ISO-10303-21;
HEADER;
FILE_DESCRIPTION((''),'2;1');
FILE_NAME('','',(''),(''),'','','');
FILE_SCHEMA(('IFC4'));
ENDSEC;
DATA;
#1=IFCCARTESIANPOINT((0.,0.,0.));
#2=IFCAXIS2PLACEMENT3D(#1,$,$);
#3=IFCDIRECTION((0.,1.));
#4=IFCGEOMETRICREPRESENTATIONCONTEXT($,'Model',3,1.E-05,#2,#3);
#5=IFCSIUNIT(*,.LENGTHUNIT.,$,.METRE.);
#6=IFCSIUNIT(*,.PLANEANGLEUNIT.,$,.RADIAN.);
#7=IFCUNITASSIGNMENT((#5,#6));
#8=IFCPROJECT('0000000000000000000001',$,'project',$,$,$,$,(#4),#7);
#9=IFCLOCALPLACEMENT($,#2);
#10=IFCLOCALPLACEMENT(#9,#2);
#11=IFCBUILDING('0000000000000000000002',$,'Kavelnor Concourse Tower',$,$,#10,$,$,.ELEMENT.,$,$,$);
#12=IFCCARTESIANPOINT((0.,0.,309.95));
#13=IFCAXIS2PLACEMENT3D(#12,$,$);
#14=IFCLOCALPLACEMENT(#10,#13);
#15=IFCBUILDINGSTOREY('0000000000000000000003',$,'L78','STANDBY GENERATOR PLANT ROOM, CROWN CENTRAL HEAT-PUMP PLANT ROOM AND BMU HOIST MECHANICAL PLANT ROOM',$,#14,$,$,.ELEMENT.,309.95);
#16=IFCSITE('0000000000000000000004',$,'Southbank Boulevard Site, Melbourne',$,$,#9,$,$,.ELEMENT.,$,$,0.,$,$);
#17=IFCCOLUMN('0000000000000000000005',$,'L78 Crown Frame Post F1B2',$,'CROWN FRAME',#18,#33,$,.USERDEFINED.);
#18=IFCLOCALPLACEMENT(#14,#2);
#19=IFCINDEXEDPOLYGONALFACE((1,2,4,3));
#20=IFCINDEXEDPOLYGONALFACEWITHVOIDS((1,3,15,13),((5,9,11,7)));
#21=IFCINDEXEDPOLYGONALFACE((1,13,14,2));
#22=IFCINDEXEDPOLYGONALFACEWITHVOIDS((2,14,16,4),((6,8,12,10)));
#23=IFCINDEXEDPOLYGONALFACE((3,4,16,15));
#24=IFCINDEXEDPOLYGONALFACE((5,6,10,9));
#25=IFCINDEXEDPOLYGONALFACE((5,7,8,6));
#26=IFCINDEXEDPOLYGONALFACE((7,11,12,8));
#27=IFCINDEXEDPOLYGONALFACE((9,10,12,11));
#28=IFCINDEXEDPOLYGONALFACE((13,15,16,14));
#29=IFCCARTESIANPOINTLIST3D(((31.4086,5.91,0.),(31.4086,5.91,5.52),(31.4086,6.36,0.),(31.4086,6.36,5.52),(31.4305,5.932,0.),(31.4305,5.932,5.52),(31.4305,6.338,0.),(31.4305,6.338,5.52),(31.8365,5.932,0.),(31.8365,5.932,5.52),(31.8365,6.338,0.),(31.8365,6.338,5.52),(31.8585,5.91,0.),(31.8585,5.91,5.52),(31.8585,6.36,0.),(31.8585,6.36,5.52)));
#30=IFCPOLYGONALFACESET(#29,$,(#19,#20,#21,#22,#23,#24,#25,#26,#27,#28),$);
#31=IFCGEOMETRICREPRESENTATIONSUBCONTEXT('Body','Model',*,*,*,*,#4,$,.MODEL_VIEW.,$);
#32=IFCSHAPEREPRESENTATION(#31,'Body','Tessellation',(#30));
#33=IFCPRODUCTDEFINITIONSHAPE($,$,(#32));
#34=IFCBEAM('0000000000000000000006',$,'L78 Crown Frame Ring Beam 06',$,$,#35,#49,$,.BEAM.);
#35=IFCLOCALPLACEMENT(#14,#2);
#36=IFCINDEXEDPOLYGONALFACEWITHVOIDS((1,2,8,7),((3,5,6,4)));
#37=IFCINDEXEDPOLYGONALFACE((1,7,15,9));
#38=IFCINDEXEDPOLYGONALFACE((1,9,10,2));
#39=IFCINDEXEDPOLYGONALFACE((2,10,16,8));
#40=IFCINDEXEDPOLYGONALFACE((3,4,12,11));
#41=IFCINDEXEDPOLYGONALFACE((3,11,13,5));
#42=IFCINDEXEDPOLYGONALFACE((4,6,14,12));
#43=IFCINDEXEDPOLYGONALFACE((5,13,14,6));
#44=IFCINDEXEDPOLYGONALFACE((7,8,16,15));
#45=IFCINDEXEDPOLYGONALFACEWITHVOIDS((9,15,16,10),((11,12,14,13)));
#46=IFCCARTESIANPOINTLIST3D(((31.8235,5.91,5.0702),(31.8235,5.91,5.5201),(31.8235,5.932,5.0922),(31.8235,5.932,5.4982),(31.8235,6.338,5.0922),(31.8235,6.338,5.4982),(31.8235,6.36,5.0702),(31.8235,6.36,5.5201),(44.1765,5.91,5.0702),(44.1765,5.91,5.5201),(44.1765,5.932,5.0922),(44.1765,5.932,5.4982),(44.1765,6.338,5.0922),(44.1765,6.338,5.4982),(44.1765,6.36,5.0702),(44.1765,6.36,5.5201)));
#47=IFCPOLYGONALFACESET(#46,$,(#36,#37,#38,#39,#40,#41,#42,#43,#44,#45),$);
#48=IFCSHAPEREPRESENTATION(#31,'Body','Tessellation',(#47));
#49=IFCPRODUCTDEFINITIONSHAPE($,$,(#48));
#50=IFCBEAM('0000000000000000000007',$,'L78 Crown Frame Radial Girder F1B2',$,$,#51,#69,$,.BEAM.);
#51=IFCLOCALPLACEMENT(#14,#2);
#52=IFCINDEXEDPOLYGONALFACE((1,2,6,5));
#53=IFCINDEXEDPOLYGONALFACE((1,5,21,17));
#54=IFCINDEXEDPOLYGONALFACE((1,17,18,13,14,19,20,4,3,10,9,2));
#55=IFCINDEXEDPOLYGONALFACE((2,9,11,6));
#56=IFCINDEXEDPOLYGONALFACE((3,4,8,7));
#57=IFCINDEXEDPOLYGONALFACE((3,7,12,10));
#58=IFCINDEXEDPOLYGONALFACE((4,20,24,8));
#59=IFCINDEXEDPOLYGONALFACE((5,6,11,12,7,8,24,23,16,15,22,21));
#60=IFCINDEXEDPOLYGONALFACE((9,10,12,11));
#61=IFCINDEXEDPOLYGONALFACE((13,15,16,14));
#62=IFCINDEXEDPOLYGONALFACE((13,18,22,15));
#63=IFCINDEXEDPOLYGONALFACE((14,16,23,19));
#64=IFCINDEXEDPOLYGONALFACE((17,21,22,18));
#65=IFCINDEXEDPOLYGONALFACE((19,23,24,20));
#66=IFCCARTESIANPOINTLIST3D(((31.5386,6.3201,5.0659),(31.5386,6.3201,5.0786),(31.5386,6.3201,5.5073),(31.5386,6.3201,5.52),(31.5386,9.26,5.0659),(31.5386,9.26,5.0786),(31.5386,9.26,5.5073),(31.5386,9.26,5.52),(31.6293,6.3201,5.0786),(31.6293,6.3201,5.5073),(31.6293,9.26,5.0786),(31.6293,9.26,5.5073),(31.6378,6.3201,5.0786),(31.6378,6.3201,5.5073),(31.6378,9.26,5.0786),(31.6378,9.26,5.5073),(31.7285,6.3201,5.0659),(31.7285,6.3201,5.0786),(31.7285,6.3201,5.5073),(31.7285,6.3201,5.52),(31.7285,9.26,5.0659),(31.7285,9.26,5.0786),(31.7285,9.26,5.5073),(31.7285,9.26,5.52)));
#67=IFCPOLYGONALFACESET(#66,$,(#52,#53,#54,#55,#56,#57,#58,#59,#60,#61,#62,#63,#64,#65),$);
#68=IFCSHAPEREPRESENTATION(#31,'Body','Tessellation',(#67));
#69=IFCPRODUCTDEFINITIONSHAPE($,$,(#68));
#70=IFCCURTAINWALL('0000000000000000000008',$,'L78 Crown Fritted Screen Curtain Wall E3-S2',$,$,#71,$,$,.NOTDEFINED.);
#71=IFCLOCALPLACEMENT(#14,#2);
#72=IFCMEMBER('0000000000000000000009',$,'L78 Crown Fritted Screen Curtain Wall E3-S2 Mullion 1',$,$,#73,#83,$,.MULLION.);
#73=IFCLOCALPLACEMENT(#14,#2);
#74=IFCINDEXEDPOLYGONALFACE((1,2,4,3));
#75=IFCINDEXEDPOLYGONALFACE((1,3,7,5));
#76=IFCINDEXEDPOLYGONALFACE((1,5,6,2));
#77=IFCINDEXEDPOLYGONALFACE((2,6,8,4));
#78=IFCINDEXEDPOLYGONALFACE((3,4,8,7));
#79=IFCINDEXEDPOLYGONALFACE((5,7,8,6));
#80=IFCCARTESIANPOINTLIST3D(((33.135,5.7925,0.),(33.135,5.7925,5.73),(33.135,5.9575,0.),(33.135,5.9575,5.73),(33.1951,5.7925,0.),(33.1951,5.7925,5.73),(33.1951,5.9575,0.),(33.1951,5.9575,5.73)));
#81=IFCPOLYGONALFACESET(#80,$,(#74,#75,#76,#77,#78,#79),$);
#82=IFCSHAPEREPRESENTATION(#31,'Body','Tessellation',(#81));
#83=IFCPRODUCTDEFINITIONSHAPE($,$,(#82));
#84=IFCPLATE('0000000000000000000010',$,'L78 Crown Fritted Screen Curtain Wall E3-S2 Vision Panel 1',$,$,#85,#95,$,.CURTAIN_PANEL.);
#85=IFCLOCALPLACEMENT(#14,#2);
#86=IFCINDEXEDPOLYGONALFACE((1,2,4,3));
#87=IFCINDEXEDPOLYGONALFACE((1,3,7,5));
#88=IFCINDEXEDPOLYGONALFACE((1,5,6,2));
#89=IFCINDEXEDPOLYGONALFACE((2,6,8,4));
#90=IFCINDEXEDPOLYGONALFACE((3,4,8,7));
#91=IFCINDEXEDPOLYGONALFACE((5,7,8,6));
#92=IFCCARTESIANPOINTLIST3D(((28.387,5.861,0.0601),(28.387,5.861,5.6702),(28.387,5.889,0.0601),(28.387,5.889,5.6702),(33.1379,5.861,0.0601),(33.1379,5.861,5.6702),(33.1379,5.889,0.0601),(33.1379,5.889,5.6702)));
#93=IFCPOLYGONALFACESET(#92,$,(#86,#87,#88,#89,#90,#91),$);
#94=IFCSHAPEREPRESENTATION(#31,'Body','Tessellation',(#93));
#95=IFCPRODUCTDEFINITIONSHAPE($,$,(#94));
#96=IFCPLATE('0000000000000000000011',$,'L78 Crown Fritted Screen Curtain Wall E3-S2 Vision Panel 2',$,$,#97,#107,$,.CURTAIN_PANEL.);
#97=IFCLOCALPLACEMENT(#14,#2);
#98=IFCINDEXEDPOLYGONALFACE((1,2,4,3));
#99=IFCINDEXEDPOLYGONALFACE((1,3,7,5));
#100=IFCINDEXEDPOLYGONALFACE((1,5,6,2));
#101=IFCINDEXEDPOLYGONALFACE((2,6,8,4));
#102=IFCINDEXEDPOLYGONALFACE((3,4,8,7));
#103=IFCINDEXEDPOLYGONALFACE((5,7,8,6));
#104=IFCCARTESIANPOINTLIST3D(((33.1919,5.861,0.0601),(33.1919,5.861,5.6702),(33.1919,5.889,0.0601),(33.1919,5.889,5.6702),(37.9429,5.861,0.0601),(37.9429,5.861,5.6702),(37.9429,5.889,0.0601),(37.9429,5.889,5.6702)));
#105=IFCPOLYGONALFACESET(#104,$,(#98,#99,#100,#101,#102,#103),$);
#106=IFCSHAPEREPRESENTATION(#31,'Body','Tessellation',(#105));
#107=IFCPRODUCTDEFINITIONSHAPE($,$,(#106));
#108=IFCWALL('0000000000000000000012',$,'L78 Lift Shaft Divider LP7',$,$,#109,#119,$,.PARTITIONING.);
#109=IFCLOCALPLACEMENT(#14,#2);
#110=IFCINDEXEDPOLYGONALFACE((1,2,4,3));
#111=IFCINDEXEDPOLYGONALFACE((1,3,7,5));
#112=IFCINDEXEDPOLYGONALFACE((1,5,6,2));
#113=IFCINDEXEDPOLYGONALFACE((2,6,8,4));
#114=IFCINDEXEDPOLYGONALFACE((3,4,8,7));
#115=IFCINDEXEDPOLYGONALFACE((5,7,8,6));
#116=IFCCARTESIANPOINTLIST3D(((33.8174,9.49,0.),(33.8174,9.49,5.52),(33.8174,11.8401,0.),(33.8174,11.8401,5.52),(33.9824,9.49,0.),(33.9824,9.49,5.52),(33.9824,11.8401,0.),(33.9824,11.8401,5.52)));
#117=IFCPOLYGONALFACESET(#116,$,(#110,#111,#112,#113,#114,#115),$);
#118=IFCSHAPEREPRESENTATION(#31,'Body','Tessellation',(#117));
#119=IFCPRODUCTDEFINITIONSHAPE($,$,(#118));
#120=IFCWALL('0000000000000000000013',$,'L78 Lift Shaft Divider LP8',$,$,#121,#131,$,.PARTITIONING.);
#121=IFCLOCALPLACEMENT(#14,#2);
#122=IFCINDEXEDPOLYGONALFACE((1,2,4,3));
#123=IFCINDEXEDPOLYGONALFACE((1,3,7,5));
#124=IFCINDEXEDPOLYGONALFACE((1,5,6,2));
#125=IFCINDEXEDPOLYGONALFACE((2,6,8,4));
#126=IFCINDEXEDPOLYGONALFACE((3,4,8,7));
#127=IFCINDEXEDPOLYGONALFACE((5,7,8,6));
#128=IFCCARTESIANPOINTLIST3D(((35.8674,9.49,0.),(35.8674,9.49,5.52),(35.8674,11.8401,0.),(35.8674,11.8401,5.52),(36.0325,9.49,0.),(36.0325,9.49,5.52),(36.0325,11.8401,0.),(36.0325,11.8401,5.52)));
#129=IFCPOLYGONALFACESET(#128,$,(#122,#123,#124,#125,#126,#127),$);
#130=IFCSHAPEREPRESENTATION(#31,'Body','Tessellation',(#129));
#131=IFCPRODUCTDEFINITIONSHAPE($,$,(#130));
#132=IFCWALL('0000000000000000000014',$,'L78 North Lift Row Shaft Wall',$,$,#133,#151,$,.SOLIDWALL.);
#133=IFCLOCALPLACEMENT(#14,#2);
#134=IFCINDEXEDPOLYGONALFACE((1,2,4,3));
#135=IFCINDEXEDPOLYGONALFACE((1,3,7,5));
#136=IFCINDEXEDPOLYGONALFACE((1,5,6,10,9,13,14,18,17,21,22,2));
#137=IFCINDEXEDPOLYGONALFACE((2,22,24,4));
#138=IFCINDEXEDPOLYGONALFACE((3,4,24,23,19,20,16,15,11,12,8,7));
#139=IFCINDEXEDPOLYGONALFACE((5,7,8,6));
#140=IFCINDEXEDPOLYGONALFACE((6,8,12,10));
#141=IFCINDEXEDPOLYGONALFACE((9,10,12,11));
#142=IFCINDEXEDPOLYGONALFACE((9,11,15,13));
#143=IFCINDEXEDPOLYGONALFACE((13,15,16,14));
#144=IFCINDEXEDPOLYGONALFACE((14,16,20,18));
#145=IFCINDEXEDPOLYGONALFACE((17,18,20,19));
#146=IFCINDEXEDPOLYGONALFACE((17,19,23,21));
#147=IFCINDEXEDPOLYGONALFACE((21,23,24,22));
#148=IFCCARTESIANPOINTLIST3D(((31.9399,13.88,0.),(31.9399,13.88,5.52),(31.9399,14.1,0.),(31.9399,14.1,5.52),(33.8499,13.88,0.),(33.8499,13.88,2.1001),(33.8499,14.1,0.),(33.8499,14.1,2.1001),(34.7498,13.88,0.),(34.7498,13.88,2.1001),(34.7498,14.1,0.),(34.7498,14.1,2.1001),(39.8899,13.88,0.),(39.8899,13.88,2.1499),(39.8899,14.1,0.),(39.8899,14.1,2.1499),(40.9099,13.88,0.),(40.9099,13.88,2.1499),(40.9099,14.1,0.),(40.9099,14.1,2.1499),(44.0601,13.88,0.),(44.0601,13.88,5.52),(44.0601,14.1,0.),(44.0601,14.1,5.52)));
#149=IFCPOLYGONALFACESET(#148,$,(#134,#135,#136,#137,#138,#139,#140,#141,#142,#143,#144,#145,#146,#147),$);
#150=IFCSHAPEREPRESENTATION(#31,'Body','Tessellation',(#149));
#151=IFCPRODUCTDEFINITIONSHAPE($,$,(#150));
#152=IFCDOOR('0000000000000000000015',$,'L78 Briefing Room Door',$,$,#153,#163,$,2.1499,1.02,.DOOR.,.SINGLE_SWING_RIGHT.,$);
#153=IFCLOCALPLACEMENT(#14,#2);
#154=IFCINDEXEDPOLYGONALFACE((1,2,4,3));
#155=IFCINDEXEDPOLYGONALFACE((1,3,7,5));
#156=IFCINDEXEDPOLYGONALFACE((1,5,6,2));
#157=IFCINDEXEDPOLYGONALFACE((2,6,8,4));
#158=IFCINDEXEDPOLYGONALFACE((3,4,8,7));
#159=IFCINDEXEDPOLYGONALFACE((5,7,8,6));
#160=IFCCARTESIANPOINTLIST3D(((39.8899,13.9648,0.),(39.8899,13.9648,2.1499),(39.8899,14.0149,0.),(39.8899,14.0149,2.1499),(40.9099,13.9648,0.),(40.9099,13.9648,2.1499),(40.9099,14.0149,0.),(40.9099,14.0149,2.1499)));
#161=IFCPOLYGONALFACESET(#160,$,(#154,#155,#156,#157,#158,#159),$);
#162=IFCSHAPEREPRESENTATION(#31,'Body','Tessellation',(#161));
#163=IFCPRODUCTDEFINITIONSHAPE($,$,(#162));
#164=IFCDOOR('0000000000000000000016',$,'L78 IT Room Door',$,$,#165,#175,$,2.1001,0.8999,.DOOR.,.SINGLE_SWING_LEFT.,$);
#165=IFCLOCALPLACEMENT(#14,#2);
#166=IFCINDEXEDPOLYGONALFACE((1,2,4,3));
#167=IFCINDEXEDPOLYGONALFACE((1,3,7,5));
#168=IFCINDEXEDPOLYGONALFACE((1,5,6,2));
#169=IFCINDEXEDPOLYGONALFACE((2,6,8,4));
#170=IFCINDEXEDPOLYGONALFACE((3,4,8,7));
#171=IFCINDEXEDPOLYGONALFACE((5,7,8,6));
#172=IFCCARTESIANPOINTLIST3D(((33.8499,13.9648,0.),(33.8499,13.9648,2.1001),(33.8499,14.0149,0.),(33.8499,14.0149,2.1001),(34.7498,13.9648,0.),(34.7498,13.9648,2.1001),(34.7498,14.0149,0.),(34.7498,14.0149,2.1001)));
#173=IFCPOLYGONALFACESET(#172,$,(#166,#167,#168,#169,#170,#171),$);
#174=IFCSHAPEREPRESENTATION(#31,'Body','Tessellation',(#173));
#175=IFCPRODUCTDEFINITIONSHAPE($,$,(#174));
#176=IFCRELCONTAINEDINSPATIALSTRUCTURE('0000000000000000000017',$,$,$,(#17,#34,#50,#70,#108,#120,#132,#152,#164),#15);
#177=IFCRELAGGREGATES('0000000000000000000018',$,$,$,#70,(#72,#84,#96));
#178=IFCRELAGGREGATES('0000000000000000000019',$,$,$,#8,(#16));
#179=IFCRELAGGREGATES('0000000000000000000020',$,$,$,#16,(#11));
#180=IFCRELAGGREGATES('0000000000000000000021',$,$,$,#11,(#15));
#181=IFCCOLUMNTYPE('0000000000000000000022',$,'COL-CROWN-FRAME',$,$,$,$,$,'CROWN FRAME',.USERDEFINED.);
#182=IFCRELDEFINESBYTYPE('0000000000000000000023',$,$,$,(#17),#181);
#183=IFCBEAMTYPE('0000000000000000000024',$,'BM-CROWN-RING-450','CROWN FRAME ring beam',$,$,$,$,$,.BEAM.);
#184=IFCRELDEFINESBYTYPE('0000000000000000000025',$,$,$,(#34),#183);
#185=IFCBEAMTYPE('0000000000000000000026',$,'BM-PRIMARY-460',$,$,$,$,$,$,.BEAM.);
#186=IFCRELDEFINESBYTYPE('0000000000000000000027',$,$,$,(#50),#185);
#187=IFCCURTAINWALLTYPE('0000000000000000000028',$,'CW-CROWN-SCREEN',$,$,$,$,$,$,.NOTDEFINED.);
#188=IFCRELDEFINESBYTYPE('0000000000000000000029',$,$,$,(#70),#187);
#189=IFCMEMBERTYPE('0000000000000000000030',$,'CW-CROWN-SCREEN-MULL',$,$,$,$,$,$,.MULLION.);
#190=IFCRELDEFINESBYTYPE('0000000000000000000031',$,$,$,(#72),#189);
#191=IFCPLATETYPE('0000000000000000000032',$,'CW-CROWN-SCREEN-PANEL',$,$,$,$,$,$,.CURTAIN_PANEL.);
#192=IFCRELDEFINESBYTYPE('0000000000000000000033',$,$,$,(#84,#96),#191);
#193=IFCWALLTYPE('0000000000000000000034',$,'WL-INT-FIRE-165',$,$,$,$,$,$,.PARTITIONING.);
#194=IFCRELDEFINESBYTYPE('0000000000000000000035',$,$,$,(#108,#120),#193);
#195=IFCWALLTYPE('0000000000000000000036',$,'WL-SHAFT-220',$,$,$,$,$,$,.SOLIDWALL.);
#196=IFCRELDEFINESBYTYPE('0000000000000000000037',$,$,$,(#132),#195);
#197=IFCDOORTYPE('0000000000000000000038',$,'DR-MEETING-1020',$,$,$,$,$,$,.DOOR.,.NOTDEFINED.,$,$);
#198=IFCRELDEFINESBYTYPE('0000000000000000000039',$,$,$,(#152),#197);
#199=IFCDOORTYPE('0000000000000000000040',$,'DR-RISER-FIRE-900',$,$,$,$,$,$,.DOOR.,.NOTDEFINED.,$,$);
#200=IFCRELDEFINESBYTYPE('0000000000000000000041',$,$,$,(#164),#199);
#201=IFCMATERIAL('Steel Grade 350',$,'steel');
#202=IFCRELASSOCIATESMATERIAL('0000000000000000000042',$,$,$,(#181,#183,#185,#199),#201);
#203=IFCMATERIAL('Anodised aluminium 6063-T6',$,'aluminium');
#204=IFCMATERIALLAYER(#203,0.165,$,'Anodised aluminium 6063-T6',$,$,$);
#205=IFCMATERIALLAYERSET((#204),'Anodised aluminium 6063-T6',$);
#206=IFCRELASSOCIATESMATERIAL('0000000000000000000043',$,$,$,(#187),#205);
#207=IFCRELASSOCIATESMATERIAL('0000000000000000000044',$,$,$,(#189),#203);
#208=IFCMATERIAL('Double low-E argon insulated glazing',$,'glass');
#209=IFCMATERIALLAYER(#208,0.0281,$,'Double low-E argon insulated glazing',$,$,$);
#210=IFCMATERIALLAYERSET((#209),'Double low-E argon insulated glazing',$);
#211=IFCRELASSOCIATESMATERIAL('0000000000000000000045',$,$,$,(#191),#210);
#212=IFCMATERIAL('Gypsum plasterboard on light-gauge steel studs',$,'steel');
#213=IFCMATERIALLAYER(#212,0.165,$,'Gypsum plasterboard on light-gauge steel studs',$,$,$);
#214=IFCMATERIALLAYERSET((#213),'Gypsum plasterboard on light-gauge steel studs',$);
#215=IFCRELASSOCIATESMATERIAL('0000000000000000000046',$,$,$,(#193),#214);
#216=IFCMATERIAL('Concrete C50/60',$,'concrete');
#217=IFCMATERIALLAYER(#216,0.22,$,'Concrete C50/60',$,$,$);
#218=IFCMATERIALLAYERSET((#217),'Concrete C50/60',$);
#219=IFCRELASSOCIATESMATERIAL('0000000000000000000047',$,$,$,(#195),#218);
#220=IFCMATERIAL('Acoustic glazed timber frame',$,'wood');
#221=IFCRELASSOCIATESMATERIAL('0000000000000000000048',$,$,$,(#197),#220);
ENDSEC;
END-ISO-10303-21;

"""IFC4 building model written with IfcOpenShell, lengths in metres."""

from ifc_helpers import new_model, si_unit, direction, frame, frame_2d, origin, origin_2d, place, context, subcontext, project, spatial, rectangle, hollow_rectangle, i_section, extrude, material, layer, layer_set, material_profile, profile_set, type_object, element, fill, aggregate, save


model = new_model("IFC4")

# Units and contexts
model_context = context("Model", 3, precision=1e-05, world=origin(), true_north=direction((0.0, 1.0)))
body_context = subcontext(model_context, "Body", "Model", "MODEL_VIEW")
ifc_project = project(units=[si_unit("LENGTHUNIT", "METRE"), si_unit("PLANEANGLEUNIT", "RADIAN")], contexts=[model_context])

# Site, building, storey
site_placement = place(None, origin())
site = spatial("IfcSite", under=ifc_project, at=site_placement, Name="Southbank Boulevard Site, Melbourne", CompositionType="ELEMENT", RefElevation=0.0)
building_placement = place(site_placement, origin())
building = spatial("IfcBuilding", under=site, at=building_placement, Name="Kavelnor Concourse Tower", CompositionType="ELEMENT")
storey_placement = place(building_placement, frame((0.0, 0.0, 309.95)))
storey = spatial("IfcBuildingStorey", under=building, at=storey_placement, Name="L78", Description="STANDBY GENERATOR PLANT ROOM, CROWN CENTRAL HEAT-PUMP PLANT ROOM AND BMU HOIST MECHANICAL PLANT ROOM", CompositionType="ELEMENT", Elevation=309.95)

# Column
ifc_material_1 = material(Name="Steel Grade 350", Category="steel")
ifc_material_profile_1 = material_profile(ifc_material_1, hollow_rectangle(XDim=0.45, YDim=0.45, WallThickness=0.022, at=origin_2d()), Name="SHS 450x450x22")
ifc_profile_set_1 = profile_set([ifc_material_profile_1], Name="Steel Grade 350")
column_type = type_object("IfcColumnType", Name="COL-CROWN-FRAME", ElementType="CROWN FRAME", PredefinedType="USERDEFINED", material=ifc_profile_set_1)
column_placement = place(storey_placement, frame((31.6335, 6.135, 0.0), z_axis=(0.0, 0.0, 1.0), x_axis=(1.0, 0.0, 0.0)))
element("IfcColumn", 1, at=column_placement, inside=storey, type_object=column_type, Name="L78 Crown Frame Post F1B2", ObjectType="CROWN FRAME", PredefinedType="USERDEFINED", context=body_context, shape_type="SweptSolid", body=[
    extrude(hollow_rectangle(XDim=0.45, YDim=0.45, WallThickness=0.022, at=origin_2d()), origin(), (0.0, 0.0, 1.0), 5.52),
])

# Beams
ifc_material_profile_2 = material_profile(ifc_material_1, hollow_rectangle(XDim=0.45, YDim=0.45, WallThickness=0.022, at=origin_2d()), Name="RHS 450x450x22")
ifc_profile_set_2 = profile_set([ifc_material_profile_2], Name="Steel Grade 350")
beam_type_1 = type_object("IfcBeamType", Name="BM-CROWN-RING-450", Description="CROWN FRAME ring beam", PredefinedType="BEAM", material=ifc_profile_set_2)
beam_1_placement = place(storey_placement, frame((31.8235, 6.135, 5.2952), z_axis=(1.0, 0.0, 0.0), x_axis=(0.0, 1.0, 0.0)))
element("IfcBeam", 2, at=beam_1_placement, inside=storey, type_object=beam_type_1, Name="L78 Crown Frame Ring Beam 06", PredefinedType="BEAM", context=body_context, shape_type="SweptSolid", body=[
    extrude(hollow_rectangle(XDim=0.45, YDim=0.45, WallThickness=0.022, at=origin_2d()), origin(), (0.0, 0.0, 1.0), 12.353),
])
ifc_material_profile_3 = material_profile(ifc_material_1, i_section(OverallWidth=0.1899, OverallDepth=0.4541, WebThickness=0.0085, FlangeThickness=0.0127, at=origin_2d()), Name="460UB67")
ifc_profile_set_3 = profile_set([ifc_material_profile_3], Name="Steel Grade 350")
beam_type_2 = type_object("IfcBeamType", Name="BM-PRIMARY-460", PredefinedType="BEAM", material=ifc_profile_set_3)
beam_2_placement = place(storey_placement, frame((31.6335, 9.26, 5.293), z_axis=(0.0, -1.0, 0.0), x_axis=(1.0, 0.0, 0.0)))
element("IfcBeam", 3, at=beam_2_placement, inside=storey, type_object=beam_type_2, Name="L78 Crown Frame Radial Girder F1B2", PredefinedType="BEAM", context=body_context, shape_type="SweptSolid", body=[
    extrude(i_section(OverallWidth=0.1899, OverallDepth=0.4541, WebThickness=0.0085, FlangeThickness=0.0127, at=origin_2d()), origin(), (0.0, 0.0, 1.0), 2.9399),
])

# Curtain wall, member, plates
ifc_material_2 = material(Name="Anodised aluminium 6063-T6", Category="aluminium")
ifc_layer_1 = layer(ifc_material_2, 0.165, Name="Anodised aluminium 6063-T6")
ifc_layer_set_1 = layer_set([ifc_layer_1], Name="Anodised aluminium 6063-T6")
curtain_wall_type = type_object("IfcCurtainWallType", Name="CW-CROWN-SCREEN", PredefinedType="NOTDEFINED", material=ifc_layer_set_1)
curtain_wall_placement = place(storey_placement, origin())
curtain_wall = element("IfcCurtainWall", 4, at=curtain_wall_placement, inside=storey, type_object=curtain_wall_type, Name="L78 Crown Fritted Screen Curtain Wall E3-S2", PredefinedType="NOTDEFINED")
ifc_material_profile_4 = material_profile(ifc_material_2, rectangle(XDim=0.0601, YDim=0.165, at=origin_2d()), Name="AL-MULL 60x165")
ifc_profile_set_4 = profile_set([ifc_material_profile_4], Name="Anodised aluminium 6063-T6")
member_type = type_object("IfcMemberType", Name="CW-CROWN-SCREEN-MULL", PredefinedType="MULLION", material=ifc_profile_set_4)
member_placement = place(storey_placement, frame((33.165, 5.875, 0.0), z_axis=(0.0, 0.0, 1.0), x_axis=(1.0, 0.0, 0.0)))
member = element("IfcMember", 5, at=member_placement, type_object=member_type, Name="L78 Crown Fritted Screen Curtain Wall E3-S2 Mullion 1", PredefinedType="MULLION", context=body_context, shape_type="SweptSolid", body=[
    extrude(rectangle(XDim=0.0601, YDim=0.165, at=origin_2d()), origin(), (0.0, 0.0, 1.0), 5.73),
])
ifc_material_3 = material(Name="Double low-E argon insulated glazing", Category="glass")
ifc_layer_2 = layer(ifc_material_3, 0.0281, Name="Double low-E argon insulated glazing")
ifc_layer_set_2 = layer_set([ifc_layer_2], Name="Double low-E argon insulated glazing")
plate_type = type_object("IfcPlateType", Name="CW-CROWN-SCREEN-PANEL", PredefinedType="CURTAIN_PANEL", material=ifc_layer_set_2)
plate_1_placement = place(storey_placement, frame((30.7625, 5.875, 0.0601), z_axis=(0.0, 0.0, 1.0), x_axis=(1.0, 0.0, 0.0)))
plate_1 = element("IfcPlate", 6, at=plate_1_placement, type_object=plate_type, Name="L78 Crown Fritted Screen Curtain Wall E3-S2 Vision Panel 1", PredefinedType="CURTAIN_PANEL", context=body_context, shape_type="SweptSolid", body=[
    extrude(rectangle(XDim=4.751, YDim=0.0281, at=origin_2d()), origin(), (0.0, 0.0, 1.0), 5.6101),
])
plate_2_placement = place(storey_placement, frame((35.5674, 5.875, 0.0601), z_axis=(0.0, 0.0, 1.0), x_axis=(1.0, 0.0, 0.0)))
plate_2 = element("IfcPlate", 7, at=plate_2_placement, type_object=plate_type, Name="L78 Crown Fritted Screen Curtain Wall E3-S2 Vision Panel 2", PredefinedType="CURTAIN_PANEL", context=body_context, shape_type="SweptSolid", body=[
    extrude(rectangle(XDim=4.751, YDim=0.0281, at=origin_2d()), origin(), (0.0, 0.0, 1.0), 5.6101),
])
aggregate(curtain_wall, [member, plate_1, plate_2])

# Walls
ifc_material_4 = material(Name="Gypsum plasterboard on light-gauge steel studs", Category="steel")
ifc_layer_3 = layer(ifc_material_4, 0.165, Name="Gypsum plasterboard on light-gauge steel studs")
ifc_layer_set_3 = layer_set([ifc_layer_3], Name="Gypsum plasterboard on light-gauge steel studs")
wall_type_1 = type_object("IfcWallType", Name="WL-INT-FIRE-165", PredefinedType="PARTITIONING", material=ifc_layer_set_3)
for number, where, z_axis, x_axis, name in (
    (8, (33.8999, 9.49, 0.0), (0.0, 0.0, 1.0), (0.0, 1.0, 0.0), "L78 Lift Shaft Divider LP7"),
    (9, (35.95, 9.49, 0.0), (0.0, 0.0, 1.0), (0.0, 1.0, 0.0), "L78 Lift Shaft Divider LP8"),
):
    element("IfcWall", number, at=place(storey_placement, frame(where, z_axis=z_axis, x_axis=x_axis)), inside=storey, type_object=wall_type_1, Name=name, PredefinedType="PARTITIONING", context=body_context, shape_type="SweptSolid", body=[
        extrude(rectangle(XDim=2.3501, YDim=0.165, at=frame_2d((1.175, 0.0))), origin(), (0.0, 0.0, 1.0), 5.52),
    ])

# Wall, openings, doors
ifc_material_5 = material(Name="Concrete C50/60", Category="concrete")
ifc_layer_4 = layer(ifc_material_5, 0.22, Name="Concrete C50/60")
ifc_layer_set_4 = layer_set([ifc_layer_4], Name="Concrete C50/60")
wall_type_2 = type_object("IfcWallType", Name="WL-SHAFT-220", PredefinedType="SOLIDWALL", material=ifc_layer_set_4)
wall_1_placement = place(storey_placement, frame((31.9399, 13.99, 0.0), z_axis=(0.0, 0.0, 1.0), x_axis=(1.0, 0.0, 0.0)))
wall_1 = element("IfcWall", 10, at=wall_1_placement, inside=storey, type_object=wall_type_2, Name="L78 North Lift Row Shaft Wall", PredefinedType="SOLIDWALL", context=body_context, shape_type="SweptSolid", body=[
    extrude(rectangle(XDim=12.1201, YDim=0.22, at=frame_2d((6.0601, 0.0))), origin(), (0.0, 0.0, 1.0), 5.52),
])
opening_1_placement = place(wall_1_placement, frame((1.9099, 0.0, 0.0)))
opening_1 = element("IfcOpeningElement", 11, at=opening_1_placement, cuts=wall_1, PredefinedType="OPENING", context=body_context, shape_type="SweptSolid", body=[
    extrude(rectangle(XDim=0.8999, YDim=2.1001, at=frame_2d((0.45, 1.05))), frame((0.0, 0.1201, 0.0), z_axis=(0.0, -1.0, 0.0), x_axis=(1.0, 0.0, 0.0)), (0.0, 0.0, 1.0), 0.24),
])
opening_2_placement = place(wall_1_placement, frame((7.95, 0.0, 0.0)))
opening_2 = element("IfcOpeningElement", 12, at=opening_2_placement, cuts=wall_1, PredefinedType="OPENING", context=body_context, shape_type="SweptSolid", body=[
    extrude(rectangle(XDim=1.02, YDim=2.1499, at=frame_2d((0.51, 1.075))), frame((0.0, 0.1201, 0.0), z_axis=(0.0, -1.0, 0.0), x_axis=(1.0, 0.0, 0.0)), (0.0, 0.0, 1.0), 0.24),
])
ifc_material_6 = material(Name="Acoustic glazed timber frame", Category="wood")
door_type_1 = type_object("IfcDoorType", Name="DR-MEETING-1020", OperationType="NOTDEFINED", PredefinedType="DOOR", material=ifc_material_6)
door_1_placement = place(opening_2_placement, origin())
door_1 = element("IfcDoor", 13, at=door_1_placement, inside=storey, type_object=door_type_1, Name="L78 Briefing Room Door", OperationType="SINGLE_SWING_RIGHT", OverallHeight=2.1499, OverallWidth=1.02, PredefinedType="DOOR", context=body_context, shape_type="SweptSolid", body=[
    extrude(rectangle(XDim=1.02, YDim=2.1499, at=frame_2d((0.51, 1.075))), frame((0.0, 0.0249, 0.0), z_axis=(0.0, -1.0, 0.0), x_axis=(1.0, 0.0, 0.0)), (0.0, 0.0, 1.0), 0.05),
])
fill(opening_2, door_1)
door_type_2 = type_object("IfcDoorType", Name="DR-RISER-FIRE-900", OperationType="NOTDEFINED", PredefinedType="DOOR", material=ifc_material_1)
door_2_placement = place(opening_1_placement, origin())
door_2 = element("IfcDoor", 14, at=door_2_placement, inside=storey, type_object=door_type_2, Name="L78 IT Room Door", OperationType="SINGLE_SWING_LEFT", OverallHeight=2.1001, OverallWidth=0.8999, PredefinedType="DOOR", context=body_context, shape_type="SweptSolid", body=[
    extrude(rectangle(XDim=0.8999, YDim=2.1001, at=frame_2d((0.45, 1.05))), frame((0.0, 0.0249, 0.0), z_axis=(0.0, -1.0, 0.0), x_axis=(1.0, 0.0, 0.0)), (0.0, 0.0, 1.0), 0.05),
])
fill(opening_1, door_2)

save(model, "model.ifc")
